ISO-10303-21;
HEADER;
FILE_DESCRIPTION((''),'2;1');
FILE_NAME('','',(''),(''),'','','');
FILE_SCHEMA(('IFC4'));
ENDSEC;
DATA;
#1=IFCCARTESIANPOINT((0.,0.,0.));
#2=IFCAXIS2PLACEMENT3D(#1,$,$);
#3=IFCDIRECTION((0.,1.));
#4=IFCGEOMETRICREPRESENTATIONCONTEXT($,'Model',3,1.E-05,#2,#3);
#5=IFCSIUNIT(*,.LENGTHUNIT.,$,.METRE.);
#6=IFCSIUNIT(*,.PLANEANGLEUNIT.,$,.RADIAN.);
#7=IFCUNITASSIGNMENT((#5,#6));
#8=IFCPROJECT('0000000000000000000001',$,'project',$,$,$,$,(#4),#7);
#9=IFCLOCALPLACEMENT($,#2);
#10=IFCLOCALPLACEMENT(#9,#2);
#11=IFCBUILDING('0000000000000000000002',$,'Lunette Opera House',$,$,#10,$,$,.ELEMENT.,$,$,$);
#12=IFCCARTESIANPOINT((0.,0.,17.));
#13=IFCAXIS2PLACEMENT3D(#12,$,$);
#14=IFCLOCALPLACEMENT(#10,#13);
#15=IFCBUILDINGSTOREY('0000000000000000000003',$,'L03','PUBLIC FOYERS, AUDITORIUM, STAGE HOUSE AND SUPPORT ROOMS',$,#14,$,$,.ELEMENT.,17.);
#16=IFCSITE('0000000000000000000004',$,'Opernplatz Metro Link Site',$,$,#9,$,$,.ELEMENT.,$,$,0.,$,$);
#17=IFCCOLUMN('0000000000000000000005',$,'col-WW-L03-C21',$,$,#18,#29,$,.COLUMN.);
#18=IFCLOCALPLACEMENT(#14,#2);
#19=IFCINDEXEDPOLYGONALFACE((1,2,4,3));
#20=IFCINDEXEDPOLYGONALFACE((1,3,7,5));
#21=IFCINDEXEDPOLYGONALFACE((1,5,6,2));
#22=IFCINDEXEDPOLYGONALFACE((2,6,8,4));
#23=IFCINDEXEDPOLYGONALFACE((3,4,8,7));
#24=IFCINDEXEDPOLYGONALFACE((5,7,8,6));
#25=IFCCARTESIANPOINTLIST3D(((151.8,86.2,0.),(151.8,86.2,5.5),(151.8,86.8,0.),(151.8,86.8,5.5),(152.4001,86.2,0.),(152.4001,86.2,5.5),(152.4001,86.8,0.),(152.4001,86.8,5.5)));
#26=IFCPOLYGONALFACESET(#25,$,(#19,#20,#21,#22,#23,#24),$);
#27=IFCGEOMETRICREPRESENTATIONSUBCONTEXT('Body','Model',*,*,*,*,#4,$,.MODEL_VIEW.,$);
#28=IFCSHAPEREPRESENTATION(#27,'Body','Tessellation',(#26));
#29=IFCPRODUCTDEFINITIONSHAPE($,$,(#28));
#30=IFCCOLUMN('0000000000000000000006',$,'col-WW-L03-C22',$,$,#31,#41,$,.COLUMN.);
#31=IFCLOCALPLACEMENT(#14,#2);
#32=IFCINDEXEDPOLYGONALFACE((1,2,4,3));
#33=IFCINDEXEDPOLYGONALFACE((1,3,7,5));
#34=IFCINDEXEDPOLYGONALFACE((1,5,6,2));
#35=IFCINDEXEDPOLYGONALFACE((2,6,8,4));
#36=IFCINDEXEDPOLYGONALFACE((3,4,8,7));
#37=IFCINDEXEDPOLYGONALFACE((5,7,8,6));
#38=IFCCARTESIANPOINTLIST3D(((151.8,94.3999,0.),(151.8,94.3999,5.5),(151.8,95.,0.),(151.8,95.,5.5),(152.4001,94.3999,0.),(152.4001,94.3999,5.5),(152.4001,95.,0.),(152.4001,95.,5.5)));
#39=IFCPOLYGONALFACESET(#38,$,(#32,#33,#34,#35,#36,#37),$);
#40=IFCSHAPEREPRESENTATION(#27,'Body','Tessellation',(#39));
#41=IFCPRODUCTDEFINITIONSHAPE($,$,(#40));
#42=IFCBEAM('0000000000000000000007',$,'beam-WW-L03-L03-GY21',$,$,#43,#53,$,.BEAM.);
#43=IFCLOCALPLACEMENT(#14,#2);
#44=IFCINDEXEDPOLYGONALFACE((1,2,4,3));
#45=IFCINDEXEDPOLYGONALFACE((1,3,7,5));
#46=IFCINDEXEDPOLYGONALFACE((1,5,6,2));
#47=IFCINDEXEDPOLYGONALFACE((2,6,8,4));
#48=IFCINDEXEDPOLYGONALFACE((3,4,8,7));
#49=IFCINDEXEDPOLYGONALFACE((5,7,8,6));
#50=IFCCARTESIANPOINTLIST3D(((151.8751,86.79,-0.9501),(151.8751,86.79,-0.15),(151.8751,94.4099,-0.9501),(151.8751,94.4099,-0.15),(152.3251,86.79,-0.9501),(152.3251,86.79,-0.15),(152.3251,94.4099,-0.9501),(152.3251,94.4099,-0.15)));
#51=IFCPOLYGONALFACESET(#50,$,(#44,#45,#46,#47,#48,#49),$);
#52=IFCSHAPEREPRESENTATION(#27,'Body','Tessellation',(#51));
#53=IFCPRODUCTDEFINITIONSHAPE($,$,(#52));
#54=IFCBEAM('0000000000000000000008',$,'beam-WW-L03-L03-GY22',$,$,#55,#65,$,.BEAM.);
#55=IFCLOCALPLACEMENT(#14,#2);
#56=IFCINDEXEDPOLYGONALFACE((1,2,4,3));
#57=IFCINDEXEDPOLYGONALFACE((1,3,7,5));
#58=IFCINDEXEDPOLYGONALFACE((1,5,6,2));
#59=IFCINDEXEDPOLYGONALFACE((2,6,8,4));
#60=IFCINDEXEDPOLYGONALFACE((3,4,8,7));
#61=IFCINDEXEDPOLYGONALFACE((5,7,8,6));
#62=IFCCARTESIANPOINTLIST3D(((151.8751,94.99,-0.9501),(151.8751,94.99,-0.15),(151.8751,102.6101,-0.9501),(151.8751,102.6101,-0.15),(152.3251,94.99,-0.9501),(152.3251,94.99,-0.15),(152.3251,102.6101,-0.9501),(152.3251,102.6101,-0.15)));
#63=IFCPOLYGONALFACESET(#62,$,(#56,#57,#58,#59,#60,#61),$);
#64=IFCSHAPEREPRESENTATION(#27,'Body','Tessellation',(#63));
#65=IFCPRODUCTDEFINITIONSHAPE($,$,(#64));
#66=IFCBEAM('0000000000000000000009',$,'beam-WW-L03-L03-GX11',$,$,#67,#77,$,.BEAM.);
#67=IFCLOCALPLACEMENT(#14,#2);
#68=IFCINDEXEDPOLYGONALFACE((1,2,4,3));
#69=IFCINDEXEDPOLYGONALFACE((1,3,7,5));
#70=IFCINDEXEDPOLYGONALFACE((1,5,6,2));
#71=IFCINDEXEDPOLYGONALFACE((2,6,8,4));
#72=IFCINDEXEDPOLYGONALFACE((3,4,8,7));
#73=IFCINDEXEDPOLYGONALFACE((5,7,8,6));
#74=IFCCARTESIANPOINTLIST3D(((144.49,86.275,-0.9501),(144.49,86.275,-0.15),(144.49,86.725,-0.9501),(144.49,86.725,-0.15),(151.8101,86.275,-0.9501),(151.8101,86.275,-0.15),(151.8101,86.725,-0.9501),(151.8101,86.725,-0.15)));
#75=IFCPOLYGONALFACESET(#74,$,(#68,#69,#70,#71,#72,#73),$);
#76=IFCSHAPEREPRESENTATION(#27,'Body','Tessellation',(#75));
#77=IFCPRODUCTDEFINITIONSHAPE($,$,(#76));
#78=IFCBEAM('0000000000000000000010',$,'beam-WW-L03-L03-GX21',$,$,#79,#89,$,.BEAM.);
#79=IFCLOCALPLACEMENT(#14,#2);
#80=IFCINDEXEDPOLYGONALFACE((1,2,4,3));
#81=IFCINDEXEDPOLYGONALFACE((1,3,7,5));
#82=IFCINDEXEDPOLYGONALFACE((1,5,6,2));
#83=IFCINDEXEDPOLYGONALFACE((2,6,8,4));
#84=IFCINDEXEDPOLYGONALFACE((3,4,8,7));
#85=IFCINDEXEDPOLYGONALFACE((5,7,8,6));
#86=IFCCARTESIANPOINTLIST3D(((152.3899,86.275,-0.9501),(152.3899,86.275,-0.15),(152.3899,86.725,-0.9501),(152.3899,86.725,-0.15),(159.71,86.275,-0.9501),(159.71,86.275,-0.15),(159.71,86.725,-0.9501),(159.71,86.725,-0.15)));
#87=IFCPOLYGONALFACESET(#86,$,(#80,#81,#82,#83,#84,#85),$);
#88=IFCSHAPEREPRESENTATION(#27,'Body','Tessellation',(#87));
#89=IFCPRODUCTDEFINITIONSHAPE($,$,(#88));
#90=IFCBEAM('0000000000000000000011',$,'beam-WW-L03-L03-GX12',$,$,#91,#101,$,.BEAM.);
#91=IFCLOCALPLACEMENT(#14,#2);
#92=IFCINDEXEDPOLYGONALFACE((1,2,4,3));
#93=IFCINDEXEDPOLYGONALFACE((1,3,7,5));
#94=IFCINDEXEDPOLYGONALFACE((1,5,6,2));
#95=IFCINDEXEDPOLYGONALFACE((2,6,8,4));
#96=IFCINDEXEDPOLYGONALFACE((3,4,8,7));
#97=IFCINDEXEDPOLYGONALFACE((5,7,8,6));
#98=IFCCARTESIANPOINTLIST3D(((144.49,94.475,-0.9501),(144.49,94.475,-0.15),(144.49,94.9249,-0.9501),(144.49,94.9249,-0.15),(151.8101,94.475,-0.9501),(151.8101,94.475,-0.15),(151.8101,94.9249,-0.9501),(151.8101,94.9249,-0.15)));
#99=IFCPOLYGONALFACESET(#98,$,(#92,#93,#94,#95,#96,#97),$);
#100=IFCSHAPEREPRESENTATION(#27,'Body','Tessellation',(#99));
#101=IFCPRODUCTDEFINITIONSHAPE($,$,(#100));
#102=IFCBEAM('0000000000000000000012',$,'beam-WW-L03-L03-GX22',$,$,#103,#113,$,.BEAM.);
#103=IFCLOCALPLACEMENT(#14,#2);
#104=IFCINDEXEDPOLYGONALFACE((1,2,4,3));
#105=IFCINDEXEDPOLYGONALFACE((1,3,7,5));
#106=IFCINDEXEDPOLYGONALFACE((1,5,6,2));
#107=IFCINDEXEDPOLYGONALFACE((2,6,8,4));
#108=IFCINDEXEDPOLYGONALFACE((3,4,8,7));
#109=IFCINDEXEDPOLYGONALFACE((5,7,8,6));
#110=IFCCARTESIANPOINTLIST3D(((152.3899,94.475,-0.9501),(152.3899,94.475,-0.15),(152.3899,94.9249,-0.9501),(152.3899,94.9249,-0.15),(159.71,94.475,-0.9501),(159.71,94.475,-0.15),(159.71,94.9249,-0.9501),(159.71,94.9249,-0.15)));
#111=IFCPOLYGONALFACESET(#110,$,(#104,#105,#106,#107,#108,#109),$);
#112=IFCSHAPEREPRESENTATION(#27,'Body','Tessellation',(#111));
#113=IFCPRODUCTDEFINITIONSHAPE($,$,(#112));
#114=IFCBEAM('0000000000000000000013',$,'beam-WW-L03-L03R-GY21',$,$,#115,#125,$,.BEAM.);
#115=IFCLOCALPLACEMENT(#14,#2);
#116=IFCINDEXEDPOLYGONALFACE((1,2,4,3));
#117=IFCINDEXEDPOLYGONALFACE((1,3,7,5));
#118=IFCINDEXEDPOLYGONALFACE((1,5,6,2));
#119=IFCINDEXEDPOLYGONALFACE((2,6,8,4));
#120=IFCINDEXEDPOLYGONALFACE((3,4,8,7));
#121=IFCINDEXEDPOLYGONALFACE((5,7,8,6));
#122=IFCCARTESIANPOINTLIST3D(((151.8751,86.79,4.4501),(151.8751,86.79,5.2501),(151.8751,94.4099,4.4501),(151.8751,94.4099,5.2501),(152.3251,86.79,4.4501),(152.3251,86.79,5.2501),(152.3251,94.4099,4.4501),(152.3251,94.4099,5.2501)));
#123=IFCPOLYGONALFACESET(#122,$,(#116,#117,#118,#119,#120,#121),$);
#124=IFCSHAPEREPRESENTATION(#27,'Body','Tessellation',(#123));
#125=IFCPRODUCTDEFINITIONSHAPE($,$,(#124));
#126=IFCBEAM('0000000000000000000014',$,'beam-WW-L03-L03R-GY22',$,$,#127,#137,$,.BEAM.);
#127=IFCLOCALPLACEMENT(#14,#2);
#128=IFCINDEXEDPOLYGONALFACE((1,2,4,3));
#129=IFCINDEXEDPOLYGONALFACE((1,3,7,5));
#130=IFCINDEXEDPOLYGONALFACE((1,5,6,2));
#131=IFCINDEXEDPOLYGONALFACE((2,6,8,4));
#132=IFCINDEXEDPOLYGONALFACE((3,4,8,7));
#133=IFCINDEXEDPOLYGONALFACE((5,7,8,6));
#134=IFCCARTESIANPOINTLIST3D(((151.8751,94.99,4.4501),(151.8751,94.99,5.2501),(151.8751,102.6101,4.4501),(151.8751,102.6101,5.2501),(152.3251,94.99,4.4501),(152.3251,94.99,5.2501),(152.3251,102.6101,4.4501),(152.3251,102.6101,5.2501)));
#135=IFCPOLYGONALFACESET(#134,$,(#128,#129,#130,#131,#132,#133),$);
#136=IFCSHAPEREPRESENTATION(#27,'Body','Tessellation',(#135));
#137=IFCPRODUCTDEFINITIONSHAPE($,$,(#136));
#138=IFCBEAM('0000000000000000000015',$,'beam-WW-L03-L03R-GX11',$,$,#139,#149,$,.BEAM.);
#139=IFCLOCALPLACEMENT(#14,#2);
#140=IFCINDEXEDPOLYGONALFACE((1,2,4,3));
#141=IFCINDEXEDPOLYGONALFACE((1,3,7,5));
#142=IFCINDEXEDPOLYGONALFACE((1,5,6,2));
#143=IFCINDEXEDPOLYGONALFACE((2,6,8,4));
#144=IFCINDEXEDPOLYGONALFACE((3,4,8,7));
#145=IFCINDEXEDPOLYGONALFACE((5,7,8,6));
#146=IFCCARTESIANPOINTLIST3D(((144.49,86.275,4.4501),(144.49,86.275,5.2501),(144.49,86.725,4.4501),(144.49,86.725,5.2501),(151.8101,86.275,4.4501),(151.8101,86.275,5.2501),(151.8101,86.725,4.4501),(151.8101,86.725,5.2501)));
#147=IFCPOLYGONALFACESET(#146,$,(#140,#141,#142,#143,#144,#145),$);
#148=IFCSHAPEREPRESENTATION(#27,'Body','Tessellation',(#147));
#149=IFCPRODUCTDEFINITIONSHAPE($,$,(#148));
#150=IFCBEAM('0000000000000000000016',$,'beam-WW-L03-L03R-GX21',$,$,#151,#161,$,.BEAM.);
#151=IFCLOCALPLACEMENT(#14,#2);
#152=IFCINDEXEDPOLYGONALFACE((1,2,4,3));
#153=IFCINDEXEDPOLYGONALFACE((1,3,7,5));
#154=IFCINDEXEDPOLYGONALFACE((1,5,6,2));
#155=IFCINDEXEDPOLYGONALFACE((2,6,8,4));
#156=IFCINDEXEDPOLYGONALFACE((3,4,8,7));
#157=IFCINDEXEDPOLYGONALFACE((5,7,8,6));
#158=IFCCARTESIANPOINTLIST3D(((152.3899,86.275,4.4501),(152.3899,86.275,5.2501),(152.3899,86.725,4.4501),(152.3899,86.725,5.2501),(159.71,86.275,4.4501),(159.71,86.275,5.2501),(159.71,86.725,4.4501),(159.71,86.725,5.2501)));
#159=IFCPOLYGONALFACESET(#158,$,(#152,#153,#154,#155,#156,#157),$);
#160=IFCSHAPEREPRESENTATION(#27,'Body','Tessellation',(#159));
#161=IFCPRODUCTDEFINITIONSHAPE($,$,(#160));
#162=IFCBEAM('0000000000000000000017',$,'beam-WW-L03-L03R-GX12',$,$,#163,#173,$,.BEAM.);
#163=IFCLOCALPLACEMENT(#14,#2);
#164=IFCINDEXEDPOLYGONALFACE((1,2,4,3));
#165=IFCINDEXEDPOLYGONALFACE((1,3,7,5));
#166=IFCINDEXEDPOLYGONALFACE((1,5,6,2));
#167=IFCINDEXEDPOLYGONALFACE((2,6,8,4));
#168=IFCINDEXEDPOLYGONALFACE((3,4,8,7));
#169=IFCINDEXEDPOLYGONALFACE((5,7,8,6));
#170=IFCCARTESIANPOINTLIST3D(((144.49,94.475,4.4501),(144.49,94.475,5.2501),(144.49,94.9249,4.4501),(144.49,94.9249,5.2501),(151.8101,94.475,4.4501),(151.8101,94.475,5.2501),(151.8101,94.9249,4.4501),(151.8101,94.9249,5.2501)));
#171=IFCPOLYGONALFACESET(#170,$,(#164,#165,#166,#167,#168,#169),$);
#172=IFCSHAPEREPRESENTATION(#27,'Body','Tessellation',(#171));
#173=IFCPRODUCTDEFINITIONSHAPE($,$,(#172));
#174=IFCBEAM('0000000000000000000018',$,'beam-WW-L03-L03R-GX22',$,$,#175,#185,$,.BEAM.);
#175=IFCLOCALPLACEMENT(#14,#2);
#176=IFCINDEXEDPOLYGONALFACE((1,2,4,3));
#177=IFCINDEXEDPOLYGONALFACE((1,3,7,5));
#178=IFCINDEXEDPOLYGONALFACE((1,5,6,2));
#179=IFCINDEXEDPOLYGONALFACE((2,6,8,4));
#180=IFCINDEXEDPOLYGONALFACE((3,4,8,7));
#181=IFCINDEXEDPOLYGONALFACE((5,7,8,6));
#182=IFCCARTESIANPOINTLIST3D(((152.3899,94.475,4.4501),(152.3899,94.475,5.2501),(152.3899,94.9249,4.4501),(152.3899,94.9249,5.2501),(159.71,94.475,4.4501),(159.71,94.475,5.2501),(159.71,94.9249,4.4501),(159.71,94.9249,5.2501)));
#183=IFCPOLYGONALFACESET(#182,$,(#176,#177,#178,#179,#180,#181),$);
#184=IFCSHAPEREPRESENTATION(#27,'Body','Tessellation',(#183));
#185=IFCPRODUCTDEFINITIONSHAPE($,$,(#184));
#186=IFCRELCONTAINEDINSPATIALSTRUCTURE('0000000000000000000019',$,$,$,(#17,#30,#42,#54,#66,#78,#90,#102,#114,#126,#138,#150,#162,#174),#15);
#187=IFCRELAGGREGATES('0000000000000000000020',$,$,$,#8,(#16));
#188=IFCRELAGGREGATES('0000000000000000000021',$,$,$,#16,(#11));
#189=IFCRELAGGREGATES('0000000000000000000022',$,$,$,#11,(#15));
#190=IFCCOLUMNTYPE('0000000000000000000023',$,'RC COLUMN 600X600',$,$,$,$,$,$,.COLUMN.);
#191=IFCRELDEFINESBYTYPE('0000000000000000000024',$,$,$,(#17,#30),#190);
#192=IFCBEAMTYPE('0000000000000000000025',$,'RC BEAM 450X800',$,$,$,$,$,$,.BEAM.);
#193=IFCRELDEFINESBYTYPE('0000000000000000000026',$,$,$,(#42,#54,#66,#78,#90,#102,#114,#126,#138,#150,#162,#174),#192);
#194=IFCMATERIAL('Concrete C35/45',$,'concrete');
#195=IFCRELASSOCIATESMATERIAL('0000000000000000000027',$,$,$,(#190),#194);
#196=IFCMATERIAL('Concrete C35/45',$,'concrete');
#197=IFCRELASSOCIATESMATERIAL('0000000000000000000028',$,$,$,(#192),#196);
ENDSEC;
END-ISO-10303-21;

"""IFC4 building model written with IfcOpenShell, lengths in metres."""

from ifc_helpers import new_model, si_unit, direction, frame, origin, origin_2d, place, context, subcontext, project, spatial, rectangle, extrude, material, material_profile, profile_set, type_object, element, save


model = new_model("IFC4")

# Units and contexts
model_context = context("Model", 3, precision=1e-05, world=origin(), true_north=direction((0.0, 1.0)))
body_context = subcontext(model_context, "Body", "Model", "MODEL_VIEW")
ifc_project = project(units=[si_unit("LENGTHUNIT", "METRE"), si_unit("PLANEANGLEUNIT", "RADIAN")], contexts=[model_context])

# Site, building, storey
site_placement = place(None, origin())
site = spatial("IfcSite", under=ifc_project, at=site_placement, Name="Opernplatz Metro Link Site", CompositionType="ELEMENT", RefElevation=0.0)
building_placement = place(site_placement, origin())
building = spatial("IfcBuilding", under=site, at=building_placement, Name="Lunette Opera House", CompositionType="ELEMENT")
storey_placement = place(building_placement, frame((0.0, 0.0, 17.0)))
storey = spatial("IfcBuildingStorey", under=building, at=storey_placement, Name="L03", Description="PUBLIC FOYERS, AUDITORIUM, STAGE HOUSE AND SUPPORT ROOMS", CompositionType="ELEMENT", Elevation=17.0)

# Columns
ifc_material_1 = material(Name="Concrete C35/45", Category="concrete")
ifc_material_profile_1 = material_profile(ifc_material_1, rectangle(XDim=0.6001, YDim=0.6001, at=origin_2d()), Name="RC COLUMN 600X600")
ifc_profile_set_1 = profile_set([ifc_material_profile_1], Name="Concrete C35/45")
column_type = type_object("IfcColumnType", Name="RC COLUMN 600X600", PredefinedType="COLUMN", material=ifc_profile_set_1)
for number, where, z_axis, x_axis, name in (
    (1, (152.1001, 86.5, 0.0), (0.0, 0.0, 1.0), (1.0, 0.0, 0.0), "col-WW-L03-C21"),
    (2, (152.1001, 94.7, 0.0), (0.0, 0.0, 1.0), (1.0, 0.0, 0.0), "col-WW-L03-C22"),
):
    element("IfcColumn", number, at=place(storey_placement, frame(where, z_axis=z_axis, x_axis=x_axis)), inside=storey, type_object=column_type, Name=name, PredefinedType="COLUMN", context=body_context, shape_type="SweptSolid", body=[
        extrude(rectangle(XDim=0.6001, YDim=0.6001, at=origin_2d()), origin(), (0.0, 0.0, 1.0), 5.5),
    ])

# Beams
ifc_material_2 = material(Name="Concrete C35/45", Category="concrete")
ifc_material_profile_2 = material_profile(ifc_material_2, rectangle(XDim=0.45, YDim=0.8, at=origin_2d()), Name="RC BEAM 450X800")
ifc_profile_set_2 = profile_set([ifc_material_profile_2], Name="Concrete C35/45")
beam_type_1 = type_object("IfcBeamType", Name="RC BEAM 450X800", PredefinedType="BEAM", material=ifc_profile_set_2)
beam_1_placement = place(storey_placement, frame((152.1001, 86.79, -0.55), z_axis=(0.0, 1.0, 0.0), x_axis=(-1.0, 0.0, 0.0)))
element("IfcBeam", 3, at=beam_1_placement, inside=storey, type_object=beam_type_1, Name="beam-WW-L03-L03-GY21", PredefinedType="BEAM", context=body_context, shape_type="SweptSolid", body=[
    extrude(rectangle(XDim=0.45, YDim=0.8, at=origin_2d()), origin(), (0.0, 0.0, 1.0), 7.6199),
])
beam_2_placement = place(storey_placement, frame((152.1001, 94.99, -0.55), z_axis=(0.0, 1.0, 0.0), x_axis=(-1.0, 0.0, 0.0)))
element("IfcBeam", 4, at=beam_2_placement, inside=storey, type_object=beam_type_1, Name="beam-WW-L03-L03-GY22", PredefinedType="BEAM", context=body_context, shape_type="SweptSolid", body=[
    extrude(rectangle(XDim=0.45, YDim=0.8, at=origin_2d()), origin(), (0.0, 0.0, 1.0), 7.6201),
])
for number, where, z_axis, x_axis, name in (
    (5, (144.49, 86.5, -0.55), (1.0, 0.0, 0.0), (0.0, 1.0, 0.0), "beam-WW-L03-L03-GX11"),
    (6, (152.3899, 86.5, -0.55), (1.0, 0.0, 0.0), (0.0, 1.0, 0.0), "beam-WW-L03-L03-GX21"),
    (7, (144.49, 94.7, -0.55), (1.0, 0.0, 0.0), (0.0, 1.0, 0.0), "beam-WW-L03-L03-GX12"),
    (8, (152.3899, 94.7, -0.55), (1.0, 0.0, 0.0), (0.0, 1.0, 0.0), "beam-WW-L03-L03-GX22"),
):
    element("IfcBeam", number, at=place(storey_placement, frame(where, z_axis=z_axis, x_axis=x_axis)), inside=storey, type_object=beam_type_1, Name=name, PredefinedType="BEAM", context=body_context, shape_type="SweptSolid", body=[
        extrude(rectangle(XDim=0.45, YDim=0.8, at=origin_2d()), origin(), (0.0, 0.0, 1.0), 7.3201),
    ])
beam_3_placement = place(storey_placement, frame((152.1001, 86.79, 4.8501), z_axis=(0.0, 1.0, 0.0), x_axis=(-1.0, 0.0, 0.0)))
element("IfcBeam", 9, at=beam_3_placement, inside=storey, type_object=beam_type_1, Name="beam-WW-L03-L03R-GY21", PredefinedType="BEAM", context=body_context, shape_type="SweptSolid", body=[
    extrude(rectangle(XDim=0.45, YDim=0.8, at=origin_2d()), origin(), (0.0, 0.0, 1.0), 7.6199),
])
beam_4_placement = place(storey_placement, frame((152.1001, 94.99, 4.8501), z_axis=(0.0, 1.0, 0.0), x_axis=(-1.0, 0.0, 0.0)))
element("IfcBeam", 10, at=beam_4_placement, inside=storey, type_object=beam_type_1, Name="beam-WW-L03-L03R-GY22", PredefinedType="BEAM", context=body_context, shape_type="SweptSolid", body=[
    extrude(rectangle(XDim=0.45, YDim=0.8, at=origin_2d()), origin(), (0.0, 0.0, 1.0), 7.6201),
])
for number, where, z_axis, x_axis, name in (
    (11, (144.49, 86.5, 4.8501), (1.0, 0.0, 0.0), (0.0, 1.0, 0.0), "beam-WW-L03-L03R-GX11"),
    (12, (152.3899, 86.5, 4.8501), (1.0, 0.0, 0.0), (0.0, 1.0, 0.0), "beam-WW-L03-L03R-GX21"),
    (13, (144.49, 94.7, 4.8501), (1.0, 0.0, 0.0), (0.0, 1.0, 0.0), "beam-WW-L03-L03R-GX12"),
    (14, (152.3899, 94.7, 4.8501), (1.0, 0.0, 0.0), (0.0, 1.0, 0.0), "beam-WW-L03-L03R-GX22"),
):
    element("IfcBeam", number, at=place(storey_placement, frame(where, z_axis=z_axis, x_axis=x_axis)), inside=storey, type_object=beam_type_1, Name=name, PredefinedType="BEAM", context=body_context, shape_type="SweptSolid", body=[
        extrude(rectangle(XDim=0.45, YDim=0.8, at=origin_2d()), origin(), (0.0, 0.0, 1.0), 7.3201),
    ])

save(model, "model.ifc")
